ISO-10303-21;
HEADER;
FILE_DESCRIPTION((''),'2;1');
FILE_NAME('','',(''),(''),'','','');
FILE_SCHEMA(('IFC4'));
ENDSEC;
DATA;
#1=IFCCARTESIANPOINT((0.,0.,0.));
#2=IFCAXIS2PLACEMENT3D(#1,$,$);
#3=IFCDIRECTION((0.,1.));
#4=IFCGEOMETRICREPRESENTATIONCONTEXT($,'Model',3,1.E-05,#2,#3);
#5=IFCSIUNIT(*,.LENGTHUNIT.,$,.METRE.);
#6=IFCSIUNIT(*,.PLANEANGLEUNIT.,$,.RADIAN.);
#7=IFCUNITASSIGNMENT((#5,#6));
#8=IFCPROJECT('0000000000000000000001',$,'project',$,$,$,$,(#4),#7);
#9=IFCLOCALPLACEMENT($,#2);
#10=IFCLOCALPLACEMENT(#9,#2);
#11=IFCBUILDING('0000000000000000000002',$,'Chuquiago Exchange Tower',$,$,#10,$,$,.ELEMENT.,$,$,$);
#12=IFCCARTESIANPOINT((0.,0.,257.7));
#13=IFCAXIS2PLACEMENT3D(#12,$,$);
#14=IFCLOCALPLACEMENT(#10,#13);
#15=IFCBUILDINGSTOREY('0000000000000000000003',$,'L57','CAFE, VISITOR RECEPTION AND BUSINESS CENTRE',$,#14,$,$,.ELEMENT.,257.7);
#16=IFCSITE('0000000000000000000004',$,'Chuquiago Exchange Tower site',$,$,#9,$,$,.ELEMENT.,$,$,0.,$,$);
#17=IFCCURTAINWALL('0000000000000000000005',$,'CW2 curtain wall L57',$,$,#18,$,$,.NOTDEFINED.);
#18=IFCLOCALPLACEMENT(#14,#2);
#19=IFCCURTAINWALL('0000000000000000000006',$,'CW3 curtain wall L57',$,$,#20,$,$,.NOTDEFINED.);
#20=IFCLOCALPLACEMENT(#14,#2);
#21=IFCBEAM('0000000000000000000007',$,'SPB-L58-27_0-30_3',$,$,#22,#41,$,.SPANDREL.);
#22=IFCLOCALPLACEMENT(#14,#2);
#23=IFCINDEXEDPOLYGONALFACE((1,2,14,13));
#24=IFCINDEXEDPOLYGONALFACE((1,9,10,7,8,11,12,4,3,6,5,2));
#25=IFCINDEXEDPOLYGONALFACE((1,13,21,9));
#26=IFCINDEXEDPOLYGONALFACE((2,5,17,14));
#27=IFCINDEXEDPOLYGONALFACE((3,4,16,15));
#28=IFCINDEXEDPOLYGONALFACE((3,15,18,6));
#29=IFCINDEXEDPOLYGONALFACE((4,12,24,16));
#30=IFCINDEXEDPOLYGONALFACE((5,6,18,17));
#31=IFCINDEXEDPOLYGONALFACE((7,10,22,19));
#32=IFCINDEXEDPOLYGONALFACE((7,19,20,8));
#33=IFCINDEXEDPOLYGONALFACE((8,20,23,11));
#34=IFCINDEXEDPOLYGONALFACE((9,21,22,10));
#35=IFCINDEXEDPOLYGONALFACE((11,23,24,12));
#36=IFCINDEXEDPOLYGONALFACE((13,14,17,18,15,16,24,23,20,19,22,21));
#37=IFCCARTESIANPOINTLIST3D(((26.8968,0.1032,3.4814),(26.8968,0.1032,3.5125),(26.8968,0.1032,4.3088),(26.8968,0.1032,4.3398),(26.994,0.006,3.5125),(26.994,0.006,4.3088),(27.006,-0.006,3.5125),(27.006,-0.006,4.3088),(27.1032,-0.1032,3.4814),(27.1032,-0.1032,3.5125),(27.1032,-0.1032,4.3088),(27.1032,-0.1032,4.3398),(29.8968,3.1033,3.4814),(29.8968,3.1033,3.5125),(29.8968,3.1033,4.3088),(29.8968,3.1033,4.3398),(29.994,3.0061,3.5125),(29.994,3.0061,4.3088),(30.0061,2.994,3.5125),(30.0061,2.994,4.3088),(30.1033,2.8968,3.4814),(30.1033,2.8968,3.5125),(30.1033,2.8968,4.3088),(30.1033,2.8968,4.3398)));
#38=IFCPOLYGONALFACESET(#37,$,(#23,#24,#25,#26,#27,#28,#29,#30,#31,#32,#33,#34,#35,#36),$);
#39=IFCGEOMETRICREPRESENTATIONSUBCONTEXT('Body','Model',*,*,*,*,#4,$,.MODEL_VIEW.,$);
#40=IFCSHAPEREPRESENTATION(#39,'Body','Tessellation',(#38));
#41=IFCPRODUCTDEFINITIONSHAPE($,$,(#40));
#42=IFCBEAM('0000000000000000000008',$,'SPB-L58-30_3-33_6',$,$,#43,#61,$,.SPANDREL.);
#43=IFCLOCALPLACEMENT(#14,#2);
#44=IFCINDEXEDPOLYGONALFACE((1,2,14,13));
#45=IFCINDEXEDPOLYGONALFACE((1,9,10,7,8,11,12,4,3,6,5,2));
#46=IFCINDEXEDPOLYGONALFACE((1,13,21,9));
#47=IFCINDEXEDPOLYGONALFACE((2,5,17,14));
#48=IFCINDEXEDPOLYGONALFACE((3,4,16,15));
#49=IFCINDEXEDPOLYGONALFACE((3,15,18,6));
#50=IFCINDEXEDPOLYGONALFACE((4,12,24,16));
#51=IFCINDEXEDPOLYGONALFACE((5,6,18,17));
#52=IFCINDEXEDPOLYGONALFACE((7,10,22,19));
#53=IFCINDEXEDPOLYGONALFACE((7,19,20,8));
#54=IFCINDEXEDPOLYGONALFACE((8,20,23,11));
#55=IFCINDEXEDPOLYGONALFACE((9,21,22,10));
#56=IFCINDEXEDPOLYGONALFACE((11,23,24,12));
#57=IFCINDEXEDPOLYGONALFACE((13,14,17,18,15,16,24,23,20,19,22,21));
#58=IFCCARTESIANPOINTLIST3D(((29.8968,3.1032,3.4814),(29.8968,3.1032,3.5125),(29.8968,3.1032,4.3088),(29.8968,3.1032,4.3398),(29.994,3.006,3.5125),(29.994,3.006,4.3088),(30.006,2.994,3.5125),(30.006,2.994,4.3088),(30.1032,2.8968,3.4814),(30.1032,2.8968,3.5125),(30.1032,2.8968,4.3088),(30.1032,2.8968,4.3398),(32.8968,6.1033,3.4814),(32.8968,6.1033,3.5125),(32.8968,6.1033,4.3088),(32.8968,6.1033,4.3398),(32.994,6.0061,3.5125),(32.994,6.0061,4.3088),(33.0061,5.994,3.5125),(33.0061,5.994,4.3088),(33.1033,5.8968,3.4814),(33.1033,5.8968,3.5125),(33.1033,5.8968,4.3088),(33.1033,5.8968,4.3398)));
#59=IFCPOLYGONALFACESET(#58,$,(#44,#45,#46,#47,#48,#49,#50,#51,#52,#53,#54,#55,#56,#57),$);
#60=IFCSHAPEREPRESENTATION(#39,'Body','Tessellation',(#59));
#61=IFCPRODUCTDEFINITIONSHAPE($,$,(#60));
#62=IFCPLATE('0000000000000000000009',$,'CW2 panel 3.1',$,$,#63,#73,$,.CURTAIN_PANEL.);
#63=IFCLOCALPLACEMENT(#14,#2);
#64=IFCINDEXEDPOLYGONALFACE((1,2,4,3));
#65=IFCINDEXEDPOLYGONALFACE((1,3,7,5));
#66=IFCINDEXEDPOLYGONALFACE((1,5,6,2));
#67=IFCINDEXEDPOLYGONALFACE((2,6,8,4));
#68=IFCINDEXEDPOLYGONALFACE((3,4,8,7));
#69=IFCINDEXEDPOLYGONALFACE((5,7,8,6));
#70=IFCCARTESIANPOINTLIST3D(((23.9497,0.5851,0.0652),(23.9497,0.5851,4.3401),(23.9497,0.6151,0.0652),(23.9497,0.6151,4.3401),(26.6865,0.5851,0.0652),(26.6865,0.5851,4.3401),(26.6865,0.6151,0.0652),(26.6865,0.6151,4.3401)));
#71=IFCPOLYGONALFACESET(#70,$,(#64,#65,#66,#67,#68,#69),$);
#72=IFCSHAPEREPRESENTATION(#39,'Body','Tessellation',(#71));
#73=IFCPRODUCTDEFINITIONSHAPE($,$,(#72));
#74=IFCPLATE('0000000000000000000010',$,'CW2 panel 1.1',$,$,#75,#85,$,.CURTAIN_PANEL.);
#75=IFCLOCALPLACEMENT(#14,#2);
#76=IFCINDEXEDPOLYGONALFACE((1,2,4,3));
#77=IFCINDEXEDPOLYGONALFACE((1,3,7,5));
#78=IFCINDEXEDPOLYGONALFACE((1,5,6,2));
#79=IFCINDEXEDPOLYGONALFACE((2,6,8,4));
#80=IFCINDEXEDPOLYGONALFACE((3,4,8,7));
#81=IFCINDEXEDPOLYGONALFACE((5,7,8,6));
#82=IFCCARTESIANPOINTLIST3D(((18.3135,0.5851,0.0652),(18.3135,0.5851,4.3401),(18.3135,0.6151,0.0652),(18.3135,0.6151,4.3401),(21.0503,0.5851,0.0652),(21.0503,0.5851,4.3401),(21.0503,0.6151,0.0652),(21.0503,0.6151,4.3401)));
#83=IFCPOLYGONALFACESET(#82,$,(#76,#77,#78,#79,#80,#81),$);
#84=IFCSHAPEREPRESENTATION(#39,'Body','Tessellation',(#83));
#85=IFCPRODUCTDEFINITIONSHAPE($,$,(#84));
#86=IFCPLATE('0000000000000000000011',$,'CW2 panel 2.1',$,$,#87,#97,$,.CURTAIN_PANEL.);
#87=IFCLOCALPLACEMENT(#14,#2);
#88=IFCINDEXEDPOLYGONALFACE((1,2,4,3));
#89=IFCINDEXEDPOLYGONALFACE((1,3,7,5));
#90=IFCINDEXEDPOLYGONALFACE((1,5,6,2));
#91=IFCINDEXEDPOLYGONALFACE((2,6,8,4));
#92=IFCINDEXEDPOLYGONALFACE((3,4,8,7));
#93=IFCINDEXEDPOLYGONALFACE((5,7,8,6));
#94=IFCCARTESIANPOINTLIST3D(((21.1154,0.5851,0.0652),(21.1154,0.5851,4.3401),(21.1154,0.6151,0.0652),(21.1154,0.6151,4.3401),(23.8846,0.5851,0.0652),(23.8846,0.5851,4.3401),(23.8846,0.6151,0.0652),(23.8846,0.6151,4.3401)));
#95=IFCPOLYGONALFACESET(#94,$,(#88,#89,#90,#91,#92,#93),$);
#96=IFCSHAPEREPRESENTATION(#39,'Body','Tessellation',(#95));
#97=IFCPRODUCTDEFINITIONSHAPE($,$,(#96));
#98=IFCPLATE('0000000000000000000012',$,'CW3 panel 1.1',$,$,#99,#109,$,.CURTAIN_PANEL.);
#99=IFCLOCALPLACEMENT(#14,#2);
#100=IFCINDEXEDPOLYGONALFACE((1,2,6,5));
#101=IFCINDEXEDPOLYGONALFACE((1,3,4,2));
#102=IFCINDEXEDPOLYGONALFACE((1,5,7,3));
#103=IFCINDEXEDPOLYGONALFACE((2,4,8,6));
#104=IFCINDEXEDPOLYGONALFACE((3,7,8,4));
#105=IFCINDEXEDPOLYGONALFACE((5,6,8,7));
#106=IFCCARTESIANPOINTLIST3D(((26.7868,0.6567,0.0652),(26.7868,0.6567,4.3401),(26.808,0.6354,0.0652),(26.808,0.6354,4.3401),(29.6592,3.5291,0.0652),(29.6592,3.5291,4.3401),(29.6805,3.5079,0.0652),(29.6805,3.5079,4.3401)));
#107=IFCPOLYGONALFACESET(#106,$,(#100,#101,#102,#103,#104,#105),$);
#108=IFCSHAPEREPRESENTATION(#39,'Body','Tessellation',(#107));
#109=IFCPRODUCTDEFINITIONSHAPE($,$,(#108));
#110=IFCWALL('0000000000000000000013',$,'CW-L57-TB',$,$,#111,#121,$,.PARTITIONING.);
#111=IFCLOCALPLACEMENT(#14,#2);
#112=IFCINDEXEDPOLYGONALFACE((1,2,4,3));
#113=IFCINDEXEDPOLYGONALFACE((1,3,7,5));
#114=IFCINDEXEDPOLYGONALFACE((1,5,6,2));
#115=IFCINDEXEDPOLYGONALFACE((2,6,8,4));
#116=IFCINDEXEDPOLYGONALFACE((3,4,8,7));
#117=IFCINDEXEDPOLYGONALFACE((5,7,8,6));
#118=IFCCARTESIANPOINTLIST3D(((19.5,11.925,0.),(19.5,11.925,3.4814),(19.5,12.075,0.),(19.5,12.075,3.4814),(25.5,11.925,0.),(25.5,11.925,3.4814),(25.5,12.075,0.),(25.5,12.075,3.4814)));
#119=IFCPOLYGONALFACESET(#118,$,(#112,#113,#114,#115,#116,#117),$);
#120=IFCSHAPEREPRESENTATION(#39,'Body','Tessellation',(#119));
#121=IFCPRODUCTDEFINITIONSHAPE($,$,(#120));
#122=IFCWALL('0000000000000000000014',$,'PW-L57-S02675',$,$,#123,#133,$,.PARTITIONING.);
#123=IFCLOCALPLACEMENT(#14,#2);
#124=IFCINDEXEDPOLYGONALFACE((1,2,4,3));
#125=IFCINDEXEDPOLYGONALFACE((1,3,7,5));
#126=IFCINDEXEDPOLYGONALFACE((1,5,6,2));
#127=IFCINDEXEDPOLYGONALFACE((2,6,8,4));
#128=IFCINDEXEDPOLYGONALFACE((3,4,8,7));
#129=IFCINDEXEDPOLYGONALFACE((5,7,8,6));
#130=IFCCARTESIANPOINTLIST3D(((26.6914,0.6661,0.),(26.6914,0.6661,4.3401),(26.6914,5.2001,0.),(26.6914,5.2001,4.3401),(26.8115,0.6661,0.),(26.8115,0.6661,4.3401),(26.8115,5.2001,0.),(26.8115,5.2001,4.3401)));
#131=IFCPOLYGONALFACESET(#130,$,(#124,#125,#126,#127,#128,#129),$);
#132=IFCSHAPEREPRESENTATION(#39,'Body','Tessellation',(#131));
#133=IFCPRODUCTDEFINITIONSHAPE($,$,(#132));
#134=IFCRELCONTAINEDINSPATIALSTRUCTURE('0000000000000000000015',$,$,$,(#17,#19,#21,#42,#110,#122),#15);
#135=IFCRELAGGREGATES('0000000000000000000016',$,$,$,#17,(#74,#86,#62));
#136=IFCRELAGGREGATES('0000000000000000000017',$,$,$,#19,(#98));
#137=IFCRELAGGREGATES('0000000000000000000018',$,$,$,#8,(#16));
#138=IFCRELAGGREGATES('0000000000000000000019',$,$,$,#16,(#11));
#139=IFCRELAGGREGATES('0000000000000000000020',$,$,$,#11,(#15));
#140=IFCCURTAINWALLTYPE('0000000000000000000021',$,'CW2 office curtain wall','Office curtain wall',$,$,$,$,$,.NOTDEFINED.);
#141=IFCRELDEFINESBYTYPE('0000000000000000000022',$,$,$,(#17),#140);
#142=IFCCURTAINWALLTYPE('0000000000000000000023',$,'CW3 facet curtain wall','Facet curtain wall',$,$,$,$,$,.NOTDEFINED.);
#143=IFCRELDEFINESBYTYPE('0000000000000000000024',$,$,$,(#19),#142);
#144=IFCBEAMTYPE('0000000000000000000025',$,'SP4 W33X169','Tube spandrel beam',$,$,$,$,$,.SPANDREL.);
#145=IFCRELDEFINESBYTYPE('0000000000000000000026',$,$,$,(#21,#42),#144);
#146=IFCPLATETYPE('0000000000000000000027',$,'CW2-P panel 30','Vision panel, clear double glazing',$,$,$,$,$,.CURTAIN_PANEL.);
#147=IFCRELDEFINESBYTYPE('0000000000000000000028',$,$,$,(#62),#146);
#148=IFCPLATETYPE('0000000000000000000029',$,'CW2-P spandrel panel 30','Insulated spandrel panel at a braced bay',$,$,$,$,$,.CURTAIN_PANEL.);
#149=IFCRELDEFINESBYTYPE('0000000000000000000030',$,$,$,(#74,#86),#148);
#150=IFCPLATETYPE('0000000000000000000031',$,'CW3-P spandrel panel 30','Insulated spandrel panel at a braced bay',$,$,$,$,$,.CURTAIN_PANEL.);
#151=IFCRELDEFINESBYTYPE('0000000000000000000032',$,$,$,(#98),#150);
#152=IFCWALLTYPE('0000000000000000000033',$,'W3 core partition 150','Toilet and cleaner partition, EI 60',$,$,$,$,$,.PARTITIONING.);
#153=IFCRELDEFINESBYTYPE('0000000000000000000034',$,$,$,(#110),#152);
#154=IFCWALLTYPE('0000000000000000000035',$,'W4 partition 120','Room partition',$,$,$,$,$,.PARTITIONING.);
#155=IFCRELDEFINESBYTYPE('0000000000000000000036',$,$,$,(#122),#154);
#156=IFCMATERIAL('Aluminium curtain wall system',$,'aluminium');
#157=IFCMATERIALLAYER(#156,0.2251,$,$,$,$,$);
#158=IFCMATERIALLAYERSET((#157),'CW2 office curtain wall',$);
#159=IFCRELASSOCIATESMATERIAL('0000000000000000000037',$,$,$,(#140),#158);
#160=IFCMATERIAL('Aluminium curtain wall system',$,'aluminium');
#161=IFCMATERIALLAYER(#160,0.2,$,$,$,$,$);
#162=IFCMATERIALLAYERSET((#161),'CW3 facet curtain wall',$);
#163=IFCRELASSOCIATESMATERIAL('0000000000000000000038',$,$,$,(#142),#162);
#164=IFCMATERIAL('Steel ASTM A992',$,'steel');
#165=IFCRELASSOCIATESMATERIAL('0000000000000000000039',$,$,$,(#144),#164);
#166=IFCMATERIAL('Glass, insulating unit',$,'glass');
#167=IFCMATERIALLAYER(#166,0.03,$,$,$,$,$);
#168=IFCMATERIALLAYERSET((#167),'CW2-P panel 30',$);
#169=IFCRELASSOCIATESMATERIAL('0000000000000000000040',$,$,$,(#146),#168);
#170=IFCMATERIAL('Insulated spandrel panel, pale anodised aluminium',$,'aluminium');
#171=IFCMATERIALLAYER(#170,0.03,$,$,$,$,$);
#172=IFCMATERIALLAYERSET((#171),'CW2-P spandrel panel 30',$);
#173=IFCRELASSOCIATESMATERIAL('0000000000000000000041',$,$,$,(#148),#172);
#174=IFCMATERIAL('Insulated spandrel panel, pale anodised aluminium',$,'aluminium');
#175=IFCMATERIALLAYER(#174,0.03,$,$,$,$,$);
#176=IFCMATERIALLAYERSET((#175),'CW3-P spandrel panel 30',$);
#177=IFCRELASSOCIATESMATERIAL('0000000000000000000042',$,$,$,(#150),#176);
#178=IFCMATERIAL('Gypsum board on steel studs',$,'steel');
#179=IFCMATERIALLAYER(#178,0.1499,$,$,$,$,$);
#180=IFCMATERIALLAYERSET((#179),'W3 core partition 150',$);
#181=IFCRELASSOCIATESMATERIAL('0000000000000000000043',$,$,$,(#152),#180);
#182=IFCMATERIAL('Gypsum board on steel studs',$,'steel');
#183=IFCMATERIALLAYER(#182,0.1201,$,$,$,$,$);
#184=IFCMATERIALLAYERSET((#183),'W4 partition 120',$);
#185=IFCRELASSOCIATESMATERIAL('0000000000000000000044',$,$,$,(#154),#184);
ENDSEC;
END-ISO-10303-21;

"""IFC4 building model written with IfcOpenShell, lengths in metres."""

from ifc_helpers import new_model, si_unit, direction, frame, frame_2d, origin, origin_2d, place, context, subcontext, project, spatial, rectangle, i_section, extrude, material, layer, layer_set, material_profile, profile_set, type_object, element, aggregate, save


model = new_model("IFC4")

# Units and contexts
model_context = context("Model", 3, precision=1e-05, world=origin(), true_north=direction((0.0, 1.0)))
body_context = subcontext(model_context, "Body", "Model", "MODEL_VIEW")
ifc_project = project(units=[si_unit("LENGTHUNIT", "METRE"), si_unit("PLANEANGLEUNIT", "RADIAN")], contexts=[model_context])

# Site, building, storey
site_placement = place(None, origin())
site = spatial("IfcSite", under=ifc_project, at=site_placement, Name="Chuquiago Exchange Tower site", CompositionType="ELEMENT", RefElevation=0.0)
building_placement = place(site_placement, origin())
building = spatial("IfcBuilding", under=site, at=building_placement, Name="Chuquiago Exchange Tower", CompositionType="ELEMENT")
storey_placement = place(building_placement, frame((0.0, 0.0, 257.7)))
storey = spatial("IfcBuildingStorey", under=building, at=storey_placement, Name="L57", Description="CAFE, VISITOR RECEPTION AND BUSINESS CENTRE", CompositionType="ELEMENT", Elevation=257.7)

# Curtain walls
ifc_material_1 = material(Name="Aluminium curtain wall system", Category="aluminium")
ifc_layer_1 = layer(ifc_material_1, 0.2251)
ifc_layer_set_1 = layer_set([ifc_layer_1], Name="CW2 office curtain wall")
curtain_wall_type_1 = type_object("IfcCurtainWallType", Name="CW2 office curtain wall", Description="Office curtain wall", PredefinedType="NOTDEFINED", material=ifc_layer_set_1)
curtain_wall_1_placement = place(storey_placement, origin())
curtain_wall_1 = element("IfcCurtainWall", 1, at=curtain_wall_1_placement, inside=storey, type_object=curtain_wall_type_1, Name="CW2 curtain wall L57", PredefinedType="NOTDEFINED")
ifc_material_2 = material(Name="Aluminium curtain wall system", Category="aluminium")
ifc_layer_2 = layer(ifc_material_2, 0.2)
ifc_layer_set_2 = layer_set([ifc_layer_2], Name="CW3 facet curtain wall")
curtain_wall_type_2 = type_object("IfcCurtainWallType", Name="CW3 facet curtain wall", Description="Facet curtain wall", PredefinedType="NOTDEFINED", material=ifc_layer_set_2)
curtain_wall_2_placement = place(storey_placement, origin())
curtain_wall_2 = element("IfcCurtainWall", 2, at=curtain_wall_2_placement, inside=storey, type_object=curtain_wall_type_2, Name="CW3 curtain wall L57", PredefinedType="NOTDEFINED")

# Beams
ifc_material_3 = material(Name="Steel ASTM A992", Category="steel")
ifc_material_profile_1 = material_profile(ifc_material_3, i_section(OverallWidth=0.292, OverallDepth=0.8584, WebThickness=0.0171, FlangeThickness=0.031, at=origin_2d()), Name="W33X169")
ifc_profile_set_1 = profile_set([ifc_material_profile_1], Name="Steel ASTM A992")
beam_type_1 = type_object("IfcBeamType", Name="SP4 W33X169", Description="Tube spandrel beam", PredefinedType="SPANDREL", material=ifc_profile_set_1)
for number, where, z_axis, x_axis, name in (
    (3, (27.0, 0.0, 3.9106), (0.707107, 0.707107, 0.0), (-0.707107, 0.707107, 0.0), "SPB-L58-27_0-30_3"),
    (4, (30.0, 3.0, 3.9106), (0.707107, 0.707107, 0.0), (-0.707107, 0.707107, 0.0), "SPB-L58-30_3-33_6"),
):
    element("IfcBeam", number, at=place(storey_placement, frame(where, z_axis=z_axis, x_axis=x_axis)), inside=storey, type_object=beam_type_1, Name=name, PredefinedType="SPANDREL", context=body_context, shape_type="SweptSolid", body=[
        extrude(i_section(OverallWidth=0.292, OverallDepth=0.8584, WebThickness=0.0171, FlangeThickness=0.031, at=origin_2d()), origin(), (0.0, 0.0, 1.0), 4.2427),
    ])

# Plates
ifc_material_4 = material(Name="Glass, insulating unit", Category="glass")
ifc_layer_3 = layer(ifc_material_4, 0.03)
ifc_layer_set_3 = layer_set([ifc_layer_3], Name="CW2-P panel 30")
plate_type_1 = type_object("IfcPlateType", Name="CW2-P panel 30", Description="Vision panel, clear double glazing", PredefinedType="CURTAIN_PANEL", material=ifc_layer_set_3)
plate_1_placement = place(storey_placement, frame((25.3181, 0.6001, 0.0652), z_axis=(0.0, 0.0, 1.0), x_axis=(1.0, 0.0, 0.0)))
plate_1 = element("IfcPlate", 5, at=plate_1_placement, type_object=plate_type_1, Name="CW2 panel 3.1", PredefinedType="CURTAIN_PANEL", context=body_context, shape_type="SweptSolid", body=[
    extrude(rectangle(XDim=2.7368, YDim=0.03, at=origin_2d()), origin(), (0.0, 0.0, 1.0), 4.2749),
])
ifc_material_5 = material(Name="Insulated spandrel panel, pale anodised aluminium", Category="aluminium")
ifc_layer_4 = layer(ifc_material_5, 0.03)
ifc_layer_set_4 = layer_set([ifc_layer_4], Name="CW2-P spandrel panel 30")
plate_type_2 = type_object("IfcPlateType", Name="CW2-P spandrel panel 30", Description="Insulated spandrel panel at a braced bay", PredefinedType="CURTAIN_PANEL", material=ifc_layer_set_4)
plate_2_placement = place(storey_placement, frame((19.6819, 0.6001, 0.0652), z_axis=(0.0, 0.0, 1.0), x_axis=(1.0, 0.0, 0.0)))
plate_2 = element("IfcPlate", 6, at=plate_2_placement, type_object=plate_type_2, Name="CW2 panel 1.1", PredefinedType="CURTAIN_PANEL", context=body_context, shape_type="SweptSolid", body=[
    extrude(rectangle(XDim=2.7368, YDim=0.03, at=origin_2d()), origin(), (0.0, 0.0, 1.0), 4.2749),
])
plate_3_placement = place(storey_placement, frame((22.5, 0.6001, 0.0652), z_axis=(0.0, 0.0, 1.0), x_axis=(1.0, 0.0, 0.0)))
plate_3 = element("IfcPlate", 7, at=plate_3_placement, type_object=plate_type_2, Name="CW2 panel 2.1", PredefinedType="CURTAIN_PANEL", context=body_context, shape_type="SweptSolid", body=[
    extrude(rectangle(XDim=2.7693, YDim=0.03, at=origin_2d()), origin(), (0.0, 0.0, 1.0), 4.2749),
])
aggregate(curtain_wall_1, [plate_2, plate_3, plate_1])
ifc_material_6 = material(Name="Insulated spandrel panel, pale anodised aluminium", Category="aluminium")
ifc_layer_5 = layer(ifc_material_6, 0.03)
ifc_layer_set_5 = layer_set([ifc_layer_5], Name="CW3-P spandrel panel 30")
plate_type_3 = type_object("IfcPlateType", Name="CW3-P spandrel panel 30", Description="Insulated spandrel panel at a braced bay", PredefinedType="CURTAIN_PANEL", material=ifc_layer_set_5)
plate_4_placement = place(storey_placement, frame((28.2336, 2.0823, 0.0652), z_axis=(0.0, 0.0, 1.0), x_axis=(0.707107, 0.707107, 0.0)))
plate_4 = element("IfcPlate", 8, at=plate_4_placement, type_object=plate_type_3, Name="CW3 panel 1.1", PredefinedType="CURTAIN_PANEL", context=body_context, shape_type="SweptSolid", body=[
    extrude(rectangle(XDim=4.0623, YDim=0.03, at=origin_2d()), origin(), (0.0, 0.0, 1.0), 4.2749),
])
aggregate(curtain_wall_2, [plate_4])

# Walls
ifc_material_7 = material(Name="Gypsum board on steel studs", Category="steel")
ifc_layer_6 = layer(ifc_material_7, 0.1499)
ifc_layer_set_6 = layer_set([ifc_layer_6], Name="W3 core partition 150")
wall_type_1 = type_object("IfcWallType", Name="W3 core partition 150", Description="Toilet and cleaner partition, EI 60", PredefinedType="PARTITIONING", material=ifc_layer_set_6)
wall_1_placement = place(storey_placement, frame((19.5, 12.0, 0.0), z_axis=(0.0, 0.0, 1.0), x_axis=(1.0, 0.0, 0.0)))
element("IfcWall", 9, at=wall_1_placement, inside=storey, type_object=wall_type_1, Name="CW-L57-TB", PredefinedType="PARTITIONING", context=body_context, shape_type="SweptSolid", body=[
    extrude(rectangle(XDim=6.0, YDim=0.1499, at=frame_2d((3.0, 0.0))), origin(), (0.0, 0.0, 1.0), 3.4814),
])
ifc_material_8 = material(Name="Gypsum board on steel studs", Category="steel")
ifc_layer_7 = layer(ifc_material_8, 0.1201)
ifc_layer_set_7 = layer_set([ifc_layer_7], Name="W4 partition 120")
wall_type_2 = type_object("IfcWallType", Name="W4 partition 120", Description="Room partition", PredefinedType="PARTITIONING", material=ifc_layer_set_7)
wall_2_placement = place(storey_placement, frame((26.7515, 0.666, 0.0), z_axis=(0.0, 0.0, 1.0), x_axis=(0.0, 1.0, 0.0)))
element("IfcWall", 10, at=wall_2_placement, inside=storey, type_object=wall_type_2, Name="PW-L57-S02675", PredefinedType="PARTITIONING", context=body_context, shape_type="SweptSolid", body=[
    extrude(rectangle(XDim=4.5339, YDim=0.1201, at=frame_2d((2.2671, 0.0))), origin(), (0.0, 0.0, 1.0), 4.3401),
])

save(model, "model.ifc")
